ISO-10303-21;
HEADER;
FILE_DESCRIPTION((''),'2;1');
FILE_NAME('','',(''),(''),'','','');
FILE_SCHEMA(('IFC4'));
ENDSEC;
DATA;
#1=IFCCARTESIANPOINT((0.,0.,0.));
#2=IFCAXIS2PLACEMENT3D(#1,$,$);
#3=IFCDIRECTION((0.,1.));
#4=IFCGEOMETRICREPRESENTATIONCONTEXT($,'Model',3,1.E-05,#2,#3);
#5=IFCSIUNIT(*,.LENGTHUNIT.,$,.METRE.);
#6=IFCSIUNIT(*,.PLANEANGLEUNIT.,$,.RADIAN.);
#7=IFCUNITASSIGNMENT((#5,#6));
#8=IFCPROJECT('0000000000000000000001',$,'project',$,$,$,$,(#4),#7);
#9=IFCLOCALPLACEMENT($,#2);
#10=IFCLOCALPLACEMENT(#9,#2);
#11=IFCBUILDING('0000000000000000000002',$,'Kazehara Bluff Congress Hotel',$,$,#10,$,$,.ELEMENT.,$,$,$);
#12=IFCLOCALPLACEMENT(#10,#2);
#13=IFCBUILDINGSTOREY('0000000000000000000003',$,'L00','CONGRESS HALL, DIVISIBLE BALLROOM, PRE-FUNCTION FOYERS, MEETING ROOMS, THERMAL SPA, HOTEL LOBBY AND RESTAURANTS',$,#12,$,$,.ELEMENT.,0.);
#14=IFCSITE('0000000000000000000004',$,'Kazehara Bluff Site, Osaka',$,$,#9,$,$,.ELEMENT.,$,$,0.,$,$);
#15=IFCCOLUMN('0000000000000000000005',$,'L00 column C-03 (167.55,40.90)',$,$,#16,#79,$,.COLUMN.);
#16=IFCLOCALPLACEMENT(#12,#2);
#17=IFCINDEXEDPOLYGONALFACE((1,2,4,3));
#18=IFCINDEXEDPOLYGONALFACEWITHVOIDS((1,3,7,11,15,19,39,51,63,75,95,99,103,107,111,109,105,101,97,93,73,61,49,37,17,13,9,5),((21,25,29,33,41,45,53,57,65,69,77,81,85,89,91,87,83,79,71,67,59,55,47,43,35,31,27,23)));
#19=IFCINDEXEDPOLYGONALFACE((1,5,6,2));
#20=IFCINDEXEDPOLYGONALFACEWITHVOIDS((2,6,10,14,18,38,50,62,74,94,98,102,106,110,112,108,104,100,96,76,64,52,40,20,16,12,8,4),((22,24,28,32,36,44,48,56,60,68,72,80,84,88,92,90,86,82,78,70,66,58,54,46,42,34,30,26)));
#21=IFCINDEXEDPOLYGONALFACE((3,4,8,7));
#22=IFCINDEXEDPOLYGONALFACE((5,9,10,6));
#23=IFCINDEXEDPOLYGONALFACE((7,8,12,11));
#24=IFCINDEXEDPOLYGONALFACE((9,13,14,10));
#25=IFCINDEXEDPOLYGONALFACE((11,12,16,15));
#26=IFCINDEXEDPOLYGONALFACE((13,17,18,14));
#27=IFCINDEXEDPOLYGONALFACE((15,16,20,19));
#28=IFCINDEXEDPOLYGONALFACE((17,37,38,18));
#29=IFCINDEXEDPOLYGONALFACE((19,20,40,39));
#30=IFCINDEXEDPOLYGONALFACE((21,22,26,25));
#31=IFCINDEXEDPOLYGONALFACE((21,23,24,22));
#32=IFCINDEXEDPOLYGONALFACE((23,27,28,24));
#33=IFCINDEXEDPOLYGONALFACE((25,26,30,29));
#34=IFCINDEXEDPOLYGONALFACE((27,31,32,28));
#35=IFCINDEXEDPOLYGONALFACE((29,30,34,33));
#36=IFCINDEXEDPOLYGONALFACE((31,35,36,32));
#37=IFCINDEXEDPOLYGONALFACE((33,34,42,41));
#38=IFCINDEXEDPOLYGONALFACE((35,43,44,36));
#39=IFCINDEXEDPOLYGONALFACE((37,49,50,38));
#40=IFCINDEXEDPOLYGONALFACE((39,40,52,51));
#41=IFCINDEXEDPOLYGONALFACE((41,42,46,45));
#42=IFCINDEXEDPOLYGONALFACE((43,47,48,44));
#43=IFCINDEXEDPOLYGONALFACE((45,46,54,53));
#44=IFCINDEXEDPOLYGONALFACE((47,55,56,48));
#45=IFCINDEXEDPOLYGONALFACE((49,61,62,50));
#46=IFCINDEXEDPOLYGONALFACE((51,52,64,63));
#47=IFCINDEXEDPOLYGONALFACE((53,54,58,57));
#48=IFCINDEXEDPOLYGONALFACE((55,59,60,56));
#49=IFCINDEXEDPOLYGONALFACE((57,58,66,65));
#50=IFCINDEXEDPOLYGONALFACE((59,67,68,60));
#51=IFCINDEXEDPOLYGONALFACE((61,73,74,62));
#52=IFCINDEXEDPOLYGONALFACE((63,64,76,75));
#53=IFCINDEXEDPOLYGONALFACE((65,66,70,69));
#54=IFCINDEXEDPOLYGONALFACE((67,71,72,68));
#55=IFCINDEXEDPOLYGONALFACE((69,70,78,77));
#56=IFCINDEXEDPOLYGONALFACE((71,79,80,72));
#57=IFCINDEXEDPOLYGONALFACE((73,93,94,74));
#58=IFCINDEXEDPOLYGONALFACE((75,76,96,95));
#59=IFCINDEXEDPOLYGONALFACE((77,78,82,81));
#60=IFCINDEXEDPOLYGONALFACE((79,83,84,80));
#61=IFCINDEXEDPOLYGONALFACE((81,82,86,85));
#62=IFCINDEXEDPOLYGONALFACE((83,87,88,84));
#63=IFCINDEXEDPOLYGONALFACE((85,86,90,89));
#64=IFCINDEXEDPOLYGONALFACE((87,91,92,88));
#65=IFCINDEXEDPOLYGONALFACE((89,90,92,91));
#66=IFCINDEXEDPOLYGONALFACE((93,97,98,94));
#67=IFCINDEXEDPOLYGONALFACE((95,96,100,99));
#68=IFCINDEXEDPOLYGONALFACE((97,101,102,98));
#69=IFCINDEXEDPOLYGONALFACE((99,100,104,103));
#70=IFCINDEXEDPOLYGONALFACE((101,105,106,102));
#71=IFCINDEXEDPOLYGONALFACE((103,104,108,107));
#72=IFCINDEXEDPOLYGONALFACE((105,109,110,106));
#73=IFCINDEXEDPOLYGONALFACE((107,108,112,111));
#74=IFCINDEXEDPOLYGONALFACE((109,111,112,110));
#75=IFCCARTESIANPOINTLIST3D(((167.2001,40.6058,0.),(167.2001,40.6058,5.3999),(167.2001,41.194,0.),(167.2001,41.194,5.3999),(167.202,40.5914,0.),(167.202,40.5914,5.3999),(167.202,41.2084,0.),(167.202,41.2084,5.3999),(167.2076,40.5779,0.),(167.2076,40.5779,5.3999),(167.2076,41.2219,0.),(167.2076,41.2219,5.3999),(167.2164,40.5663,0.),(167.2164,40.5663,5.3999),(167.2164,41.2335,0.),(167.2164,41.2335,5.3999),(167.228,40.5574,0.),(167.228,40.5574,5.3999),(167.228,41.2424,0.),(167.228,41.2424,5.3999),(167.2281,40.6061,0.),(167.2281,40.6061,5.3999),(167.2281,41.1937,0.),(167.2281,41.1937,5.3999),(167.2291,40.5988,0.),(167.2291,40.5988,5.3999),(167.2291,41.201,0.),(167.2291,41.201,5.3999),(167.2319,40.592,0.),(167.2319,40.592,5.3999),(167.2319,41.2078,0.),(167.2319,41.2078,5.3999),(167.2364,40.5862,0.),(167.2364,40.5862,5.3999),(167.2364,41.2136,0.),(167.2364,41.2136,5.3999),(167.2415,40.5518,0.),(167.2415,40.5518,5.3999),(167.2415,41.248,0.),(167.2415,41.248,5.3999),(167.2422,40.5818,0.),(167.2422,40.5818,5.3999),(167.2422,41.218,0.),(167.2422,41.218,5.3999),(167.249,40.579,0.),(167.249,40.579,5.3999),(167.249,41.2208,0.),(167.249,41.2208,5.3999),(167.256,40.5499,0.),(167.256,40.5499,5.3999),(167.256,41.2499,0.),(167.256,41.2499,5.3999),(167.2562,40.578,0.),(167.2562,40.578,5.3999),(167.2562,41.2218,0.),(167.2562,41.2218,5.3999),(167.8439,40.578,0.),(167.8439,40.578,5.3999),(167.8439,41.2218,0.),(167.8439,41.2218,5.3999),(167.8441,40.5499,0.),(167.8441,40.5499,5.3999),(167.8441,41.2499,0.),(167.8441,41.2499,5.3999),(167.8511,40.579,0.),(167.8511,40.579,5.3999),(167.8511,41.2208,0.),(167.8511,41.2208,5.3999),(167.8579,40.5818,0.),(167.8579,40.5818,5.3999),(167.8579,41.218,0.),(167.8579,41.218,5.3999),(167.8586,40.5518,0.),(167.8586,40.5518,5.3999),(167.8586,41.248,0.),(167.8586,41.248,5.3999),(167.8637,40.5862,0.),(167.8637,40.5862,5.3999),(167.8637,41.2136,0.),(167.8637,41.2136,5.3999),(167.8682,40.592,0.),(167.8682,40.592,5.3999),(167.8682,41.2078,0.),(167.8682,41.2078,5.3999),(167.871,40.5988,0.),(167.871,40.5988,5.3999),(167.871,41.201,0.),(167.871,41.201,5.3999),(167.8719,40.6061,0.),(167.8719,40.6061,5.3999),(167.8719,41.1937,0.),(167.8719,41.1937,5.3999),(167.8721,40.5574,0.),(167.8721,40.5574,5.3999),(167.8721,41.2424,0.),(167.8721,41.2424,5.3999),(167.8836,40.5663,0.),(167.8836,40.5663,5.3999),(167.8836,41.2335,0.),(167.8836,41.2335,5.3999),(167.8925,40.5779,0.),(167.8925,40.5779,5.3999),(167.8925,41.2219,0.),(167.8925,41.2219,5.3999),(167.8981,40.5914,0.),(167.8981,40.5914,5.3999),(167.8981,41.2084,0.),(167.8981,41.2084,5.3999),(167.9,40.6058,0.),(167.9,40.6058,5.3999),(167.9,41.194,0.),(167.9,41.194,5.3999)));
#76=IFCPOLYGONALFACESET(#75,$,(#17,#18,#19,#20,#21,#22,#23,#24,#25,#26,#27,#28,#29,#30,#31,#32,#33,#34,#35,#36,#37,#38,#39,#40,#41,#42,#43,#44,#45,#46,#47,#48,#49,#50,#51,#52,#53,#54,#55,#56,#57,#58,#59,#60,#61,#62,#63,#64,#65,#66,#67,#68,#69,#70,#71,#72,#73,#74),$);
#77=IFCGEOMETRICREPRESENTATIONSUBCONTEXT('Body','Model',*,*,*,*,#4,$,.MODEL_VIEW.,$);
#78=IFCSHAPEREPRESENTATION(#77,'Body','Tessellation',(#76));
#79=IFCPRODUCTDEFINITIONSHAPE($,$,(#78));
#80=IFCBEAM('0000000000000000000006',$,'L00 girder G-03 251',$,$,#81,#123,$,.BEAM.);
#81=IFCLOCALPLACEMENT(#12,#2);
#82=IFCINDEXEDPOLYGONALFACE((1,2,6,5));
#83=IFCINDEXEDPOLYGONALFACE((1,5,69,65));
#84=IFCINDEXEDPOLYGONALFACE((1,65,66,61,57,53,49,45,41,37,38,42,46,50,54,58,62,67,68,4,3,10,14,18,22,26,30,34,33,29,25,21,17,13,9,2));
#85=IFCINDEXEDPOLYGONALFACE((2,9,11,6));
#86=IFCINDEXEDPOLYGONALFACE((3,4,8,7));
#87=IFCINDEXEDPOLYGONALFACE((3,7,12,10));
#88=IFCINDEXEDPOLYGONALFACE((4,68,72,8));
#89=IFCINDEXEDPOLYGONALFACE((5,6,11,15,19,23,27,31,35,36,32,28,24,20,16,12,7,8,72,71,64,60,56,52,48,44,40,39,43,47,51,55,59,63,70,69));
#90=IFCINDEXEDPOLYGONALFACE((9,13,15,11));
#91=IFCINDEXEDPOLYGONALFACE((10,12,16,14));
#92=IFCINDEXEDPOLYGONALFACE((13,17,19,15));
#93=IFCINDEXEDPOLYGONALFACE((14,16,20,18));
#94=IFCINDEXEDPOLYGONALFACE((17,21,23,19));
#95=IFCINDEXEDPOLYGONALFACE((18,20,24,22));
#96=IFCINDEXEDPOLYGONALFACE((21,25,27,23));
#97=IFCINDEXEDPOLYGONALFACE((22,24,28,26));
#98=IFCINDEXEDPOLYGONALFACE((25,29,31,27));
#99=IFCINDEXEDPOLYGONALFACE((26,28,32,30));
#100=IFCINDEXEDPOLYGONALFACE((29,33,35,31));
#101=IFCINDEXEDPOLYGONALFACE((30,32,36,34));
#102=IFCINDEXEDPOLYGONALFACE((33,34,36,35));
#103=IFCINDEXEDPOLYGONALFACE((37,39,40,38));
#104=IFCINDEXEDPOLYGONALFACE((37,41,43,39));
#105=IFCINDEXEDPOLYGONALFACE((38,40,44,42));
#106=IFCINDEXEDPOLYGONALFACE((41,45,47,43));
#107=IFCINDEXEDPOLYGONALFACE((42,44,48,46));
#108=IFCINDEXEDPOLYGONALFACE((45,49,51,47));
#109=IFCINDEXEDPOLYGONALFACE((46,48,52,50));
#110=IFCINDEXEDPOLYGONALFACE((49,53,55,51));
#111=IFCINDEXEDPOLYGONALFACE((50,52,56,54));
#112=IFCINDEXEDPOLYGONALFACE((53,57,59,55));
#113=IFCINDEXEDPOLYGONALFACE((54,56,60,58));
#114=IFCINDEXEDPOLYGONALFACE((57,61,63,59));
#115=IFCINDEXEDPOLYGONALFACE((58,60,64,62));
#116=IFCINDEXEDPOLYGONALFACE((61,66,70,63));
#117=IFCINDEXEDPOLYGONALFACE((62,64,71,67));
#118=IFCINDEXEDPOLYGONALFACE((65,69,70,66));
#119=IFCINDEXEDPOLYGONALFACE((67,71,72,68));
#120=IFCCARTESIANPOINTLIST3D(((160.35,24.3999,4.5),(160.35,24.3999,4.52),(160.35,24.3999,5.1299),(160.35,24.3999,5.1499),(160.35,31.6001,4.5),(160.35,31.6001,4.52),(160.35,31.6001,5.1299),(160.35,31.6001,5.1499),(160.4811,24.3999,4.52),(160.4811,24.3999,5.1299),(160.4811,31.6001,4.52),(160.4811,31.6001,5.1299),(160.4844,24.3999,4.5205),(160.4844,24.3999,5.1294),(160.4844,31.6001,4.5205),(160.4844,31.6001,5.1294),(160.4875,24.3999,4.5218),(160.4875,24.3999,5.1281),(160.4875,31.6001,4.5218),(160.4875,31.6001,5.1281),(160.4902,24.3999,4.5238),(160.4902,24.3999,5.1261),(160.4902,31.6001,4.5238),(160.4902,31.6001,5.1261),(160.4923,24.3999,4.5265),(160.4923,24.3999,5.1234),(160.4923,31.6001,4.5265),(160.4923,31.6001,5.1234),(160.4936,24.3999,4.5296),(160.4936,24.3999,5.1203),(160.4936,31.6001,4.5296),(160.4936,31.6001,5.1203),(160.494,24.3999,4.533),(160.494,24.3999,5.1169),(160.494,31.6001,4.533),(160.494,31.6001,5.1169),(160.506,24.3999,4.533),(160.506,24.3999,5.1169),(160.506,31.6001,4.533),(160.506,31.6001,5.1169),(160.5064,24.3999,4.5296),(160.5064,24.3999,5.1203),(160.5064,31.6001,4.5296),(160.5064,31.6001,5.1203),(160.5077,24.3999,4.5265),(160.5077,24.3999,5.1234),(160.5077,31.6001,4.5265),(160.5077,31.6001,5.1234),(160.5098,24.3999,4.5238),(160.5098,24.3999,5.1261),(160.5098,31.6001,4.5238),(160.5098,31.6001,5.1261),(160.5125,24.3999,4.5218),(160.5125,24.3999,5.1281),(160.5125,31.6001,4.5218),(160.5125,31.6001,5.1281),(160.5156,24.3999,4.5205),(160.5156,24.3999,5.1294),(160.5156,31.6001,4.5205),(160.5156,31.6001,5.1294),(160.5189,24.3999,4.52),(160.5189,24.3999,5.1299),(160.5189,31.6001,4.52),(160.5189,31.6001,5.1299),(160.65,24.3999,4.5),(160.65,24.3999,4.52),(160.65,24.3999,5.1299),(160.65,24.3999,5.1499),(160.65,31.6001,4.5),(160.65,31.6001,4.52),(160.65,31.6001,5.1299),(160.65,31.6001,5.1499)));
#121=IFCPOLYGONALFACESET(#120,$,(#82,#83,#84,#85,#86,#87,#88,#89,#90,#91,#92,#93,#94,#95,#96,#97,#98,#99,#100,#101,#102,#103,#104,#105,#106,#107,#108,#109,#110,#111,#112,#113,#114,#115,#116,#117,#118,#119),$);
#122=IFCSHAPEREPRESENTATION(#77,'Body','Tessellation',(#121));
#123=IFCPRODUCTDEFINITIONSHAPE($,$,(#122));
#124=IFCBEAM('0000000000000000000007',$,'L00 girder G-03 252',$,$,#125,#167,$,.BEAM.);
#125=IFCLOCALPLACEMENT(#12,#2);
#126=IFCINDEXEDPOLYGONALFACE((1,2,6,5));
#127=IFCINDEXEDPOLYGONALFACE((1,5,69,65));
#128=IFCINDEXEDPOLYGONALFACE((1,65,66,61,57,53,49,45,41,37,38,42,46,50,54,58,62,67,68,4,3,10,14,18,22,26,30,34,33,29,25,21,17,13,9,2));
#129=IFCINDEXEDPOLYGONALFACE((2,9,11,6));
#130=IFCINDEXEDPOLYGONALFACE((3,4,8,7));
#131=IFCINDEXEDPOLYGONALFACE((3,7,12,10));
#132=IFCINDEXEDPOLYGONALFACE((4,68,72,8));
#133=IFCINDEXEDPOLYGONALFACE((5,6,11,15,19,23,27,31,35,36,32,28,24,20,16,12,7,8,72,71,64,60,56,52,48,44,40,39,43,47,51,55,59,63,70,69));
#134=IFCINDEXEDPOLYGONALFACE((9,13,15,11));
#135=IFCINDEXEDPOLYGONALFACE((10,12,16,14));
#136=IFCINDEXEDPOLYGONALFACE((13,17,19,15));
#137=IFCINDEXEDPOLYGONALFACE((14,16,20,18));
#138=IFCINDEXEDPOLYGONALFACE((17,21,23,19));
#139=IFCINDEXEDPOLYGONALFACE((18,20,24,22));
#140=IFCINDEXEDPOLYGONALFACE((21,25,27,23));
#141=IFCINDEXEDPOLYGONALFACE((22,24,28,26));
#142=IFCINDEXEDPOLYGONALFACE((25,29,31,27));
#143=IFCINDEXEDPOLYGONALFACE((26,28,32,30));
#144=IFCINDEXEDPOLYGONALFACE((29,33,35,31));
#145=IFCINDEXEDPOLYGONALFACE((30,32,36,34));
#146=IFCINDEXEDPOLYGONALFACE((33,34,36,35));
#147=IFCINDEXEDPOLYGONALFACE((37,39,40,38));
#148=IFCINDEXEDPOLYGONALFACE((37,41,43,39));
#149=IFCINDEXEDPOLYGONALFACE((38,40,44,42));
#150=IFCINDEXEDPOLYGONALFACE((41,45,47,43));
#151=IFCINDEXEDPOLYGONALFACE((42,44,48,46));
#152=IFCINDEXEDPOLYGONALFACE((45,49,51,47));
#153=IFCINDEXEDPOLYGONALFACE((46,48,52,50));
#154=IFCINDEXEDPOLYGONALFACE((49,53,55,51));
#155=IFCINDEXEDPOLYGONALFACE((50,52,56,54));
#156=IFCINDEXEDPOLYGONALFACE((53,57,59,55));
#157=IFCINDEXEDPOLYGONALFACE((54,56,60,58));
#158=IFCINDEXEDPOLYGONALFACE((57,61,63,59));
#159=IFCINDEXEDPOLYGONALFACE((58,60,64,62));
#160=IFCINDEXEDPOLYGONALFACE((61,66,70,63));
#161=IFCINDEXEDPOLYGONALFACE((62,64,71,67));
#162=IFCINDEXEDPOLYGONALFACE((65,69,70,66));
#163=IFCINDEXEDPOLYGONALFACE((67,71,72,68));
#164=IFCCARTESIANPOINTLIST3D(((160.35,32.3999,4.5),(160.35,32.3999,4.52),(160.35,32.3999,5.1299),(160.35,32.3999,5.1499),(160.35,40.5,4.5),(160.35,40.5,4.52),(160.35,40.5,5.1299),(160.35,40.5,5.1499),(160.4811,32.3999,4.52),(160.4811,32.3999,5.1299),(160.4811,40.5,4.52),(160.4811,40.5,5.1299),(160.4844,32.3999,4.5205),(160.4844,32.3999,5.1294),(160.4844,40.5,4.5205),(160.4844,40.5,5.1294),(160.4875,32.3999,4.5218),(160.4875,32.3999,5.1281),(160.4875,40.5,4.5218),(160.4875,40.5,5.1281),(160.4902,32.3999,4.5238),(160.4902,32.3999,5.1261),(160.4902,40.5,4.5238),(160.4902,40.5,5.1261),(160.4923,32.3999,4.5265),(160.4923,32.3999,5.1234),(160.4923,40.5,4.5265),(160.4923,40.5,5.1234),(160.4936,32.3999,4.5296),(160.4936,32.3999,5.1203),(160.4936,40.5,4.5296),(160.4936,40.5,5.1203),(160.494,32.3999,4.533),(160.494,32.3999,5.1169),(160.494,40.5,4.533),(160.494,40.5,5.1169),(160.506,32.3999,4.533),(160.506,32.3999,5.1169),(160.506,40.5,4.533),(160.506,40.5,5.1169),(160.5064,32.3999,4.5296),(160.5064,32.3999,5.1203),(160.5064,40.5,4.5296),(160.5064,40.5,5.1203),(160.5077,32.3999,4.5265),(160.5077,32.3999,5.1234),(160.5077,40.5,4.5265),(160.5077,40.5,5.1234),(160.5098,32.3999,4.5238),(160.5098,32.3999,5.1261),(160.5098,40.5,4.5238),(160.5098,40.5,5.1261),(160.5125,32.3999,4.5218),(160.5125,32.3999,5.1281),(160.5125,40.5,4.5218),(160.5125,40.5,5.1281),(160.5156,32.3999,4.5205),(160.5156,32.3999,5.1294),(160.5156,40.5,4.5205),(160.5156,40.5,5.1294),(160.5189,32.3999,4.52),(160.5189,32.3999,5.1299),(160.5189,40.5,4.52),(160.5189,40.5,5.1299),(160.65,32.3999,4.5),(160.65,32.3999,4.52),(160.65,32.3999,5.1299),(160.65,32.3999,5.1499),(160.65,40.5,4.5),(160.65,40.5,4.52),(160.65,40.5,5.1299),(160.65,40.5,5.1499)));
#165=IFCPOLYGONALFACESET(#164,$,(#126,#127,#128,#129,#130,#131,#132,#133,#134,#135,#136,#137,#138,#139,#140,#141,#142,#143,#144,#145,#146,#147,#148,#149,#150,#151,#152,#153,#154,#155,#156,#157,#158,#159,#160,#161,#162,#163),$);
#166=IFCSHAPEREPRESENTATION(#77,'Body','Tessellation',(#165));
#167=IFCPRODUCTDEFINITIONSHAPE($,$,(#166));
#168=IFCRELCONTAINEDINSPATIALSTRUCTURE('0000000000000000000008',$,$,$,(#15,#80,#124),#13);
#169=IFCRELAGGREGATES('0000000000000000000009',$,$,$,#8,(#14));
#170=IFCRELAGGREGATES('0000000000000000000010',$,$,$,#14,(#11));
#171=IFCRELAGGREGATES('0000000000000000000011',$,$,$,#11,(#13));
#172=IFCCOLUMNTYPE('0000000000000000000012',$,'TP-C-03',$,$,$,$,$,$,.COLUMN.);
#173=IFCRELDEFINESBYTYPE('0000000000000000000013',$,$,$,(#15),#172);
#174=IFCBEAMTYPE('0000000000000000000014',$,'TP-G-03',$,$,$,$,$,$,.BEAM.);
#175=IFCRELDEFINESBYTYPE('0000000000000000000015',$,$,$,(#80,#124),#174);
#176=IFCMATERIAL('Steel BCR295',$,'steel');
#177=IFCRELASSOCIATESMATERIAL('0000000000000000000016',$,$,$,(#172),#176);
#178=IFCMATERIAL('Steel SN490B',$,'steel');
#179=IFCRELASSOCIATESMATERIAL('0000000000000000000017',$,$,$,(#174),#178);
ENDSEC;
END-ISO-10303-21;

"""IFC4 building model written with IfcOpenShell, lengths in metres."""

from ifc_helpers import new_model, si_unit, direction, frame, origin, origin_2d, place, context, subcontext, project, spatial, hollow_rectangle, i_section, extrude, material, material_profile, profile_set, type_object, element, save


model = new_model("IFC4")

# Units and contexts
model_context = context("Model", 3, precision=1e-05, world=origin(), true_north=direction((0.0, 1.0)))
body_context = subcontext(model_context, "Body", "Model", "MODEL_VIEW")
ifc_project = project(units=[si_unit("LENGTHUNIT", "METRE"), si_unit("PLANEANGLEUNIT", "RADIAN")], contexts=[model_context])

# Site, building, storey
site_placement = place(None, origin())
site = spatial("IfcSite", under=ifc_project, at=site_placement, Name="Kazehara Bluff Site, Osaka", CompositionType="ELEMENT", RefElevation=0.0)
building_placement = place(site_placement, origin())
building = spatial("IfcBuilding", under=site, at=building_placement, Name="Kazehara Bluff Congress Hotel", CompositionType="ELEMENT")
storey_placement = place(building_placement, origin())
storey = spatial("IfcBuildingStorey", under=building, at=storey_placement, Name="L00", Description="CONGRESS HALL, DIVISIBLE BALLROOM, PRE-FUNCTION FOYERS, MEETING ROOMS, THERMAL SPA, HOTEL LOBBY AND RESTAURANTS", CompositionType="ELEMENT", Elevation=0.0)

# Column
ifc_material_1 = material(Name="Steel BCR295", Category="steel")
ifc_material_profile_1 = material_profile(ifc_material_1, hollow_rectangle(XDim=0.7, YDim=0.7, WallThickness=0.0281, InnerFilletRadius=0.0281, OuterFilletRadius=0.0559, at=origin_2d()))
ifc_profile_set_1 = profile_set([ifc_material_profile_1], Name="Steel BCR295")
column_type_1 = type_object("IfcColumnType", Name="TP-C-03", PredefinedType="COLUMN", material=ifc_profile_set_1)
for number, where, z_axis, x_axis, name in (
    (1, (167.55, 40.8999, 0.0), (0.0, 0.0, 1.0), (1.0, 0.0, 0.0), "L00 column C-03 (167.55,40.90)"),
):
    element("IfcColumn", number, at=place(storey_placement, frame(where, z_axis=z_axis, x_axis=x_axis)), inside=storey, type_object=column_type_1, Name=name, PredefinedType="COLUMN", context=body_context, shape_type="SweptSolid", body=[
        extrude(hollow_rectangle(XDim=0.7, YDim=0.7, WallThickness=0.0281, InnerFilletRadius=0.0281, OuterFilletRadius=0.0559, at=origin_2d()), origin(), (0.0, 0.0, 1.0), 5.3999),
    ])

# Beams
ifc_material_2 = material(Name="Steel SN490B", Category="steel")
ifc_material_profile_2 = material_profile(ifc_material_2, i_section(OverallWidth=0.3, OverallDepth=0.6499, WebThickness=0.012, FlangeThickness=0.02, FilletRadius=0.0129, at=origin_2d()))
ifc_profile_set_2 = profile_set([ifc_material_profile_2], Name="Steel SN490B")
beam_type_1 = type_object("IfcBeamType", Name="TP-G-03", PredefinedType="BEAM", material=ifc_profile_set_2)
beam_1_placement = place(storey_placement, frame((160.5, 24.3999, 4.825), z_axis=(0.0, 1.0, 0.0), x_axis=(-1.0, 0.0, 0.0)))
element("IfcBeam", 2, at=beam_1_placement, inside=storey, type_object=beam_type_1, Name="L00 girder G-03 251", PredefinedType="BEAM", context=body_context, shape_type="SweptSolid", body=[
    extrude(i_section(OverallWidth=0.3, OverallDepth=0.6499, WebThickness=0.012, FlangeThickness=0.02, FilletRadius=0.0129, at=origin_2d()), origin(), (0.0, 0.0, 1.0), 7.2002),
])
beam_2_placement = place(storey_placement, frame((160.5, 32.3999, 4.825), z_axis=(0.0, 1.0, 0.0), x_axis=(-1.0, 0.0, 0.0)))
element("IfcBeam", 3, at=beam_2_placement, inside=storey, type_object=beam_type_1, Name="L00 girder G-03 252", PredefinedType="BEAM", context=body_context, shape_type="SweptSolid", body=[
    extrude(i_section(OverallWidth=0.3, OverallDepth=0.6499, WebThickness=0.012, FlangeThickness=0.02, FilletRadius=0.0129, at=origin_2d()), origin(), (0.0, 0.0, 1.0), 8.1001),
])

save(model, "model.ifc")
